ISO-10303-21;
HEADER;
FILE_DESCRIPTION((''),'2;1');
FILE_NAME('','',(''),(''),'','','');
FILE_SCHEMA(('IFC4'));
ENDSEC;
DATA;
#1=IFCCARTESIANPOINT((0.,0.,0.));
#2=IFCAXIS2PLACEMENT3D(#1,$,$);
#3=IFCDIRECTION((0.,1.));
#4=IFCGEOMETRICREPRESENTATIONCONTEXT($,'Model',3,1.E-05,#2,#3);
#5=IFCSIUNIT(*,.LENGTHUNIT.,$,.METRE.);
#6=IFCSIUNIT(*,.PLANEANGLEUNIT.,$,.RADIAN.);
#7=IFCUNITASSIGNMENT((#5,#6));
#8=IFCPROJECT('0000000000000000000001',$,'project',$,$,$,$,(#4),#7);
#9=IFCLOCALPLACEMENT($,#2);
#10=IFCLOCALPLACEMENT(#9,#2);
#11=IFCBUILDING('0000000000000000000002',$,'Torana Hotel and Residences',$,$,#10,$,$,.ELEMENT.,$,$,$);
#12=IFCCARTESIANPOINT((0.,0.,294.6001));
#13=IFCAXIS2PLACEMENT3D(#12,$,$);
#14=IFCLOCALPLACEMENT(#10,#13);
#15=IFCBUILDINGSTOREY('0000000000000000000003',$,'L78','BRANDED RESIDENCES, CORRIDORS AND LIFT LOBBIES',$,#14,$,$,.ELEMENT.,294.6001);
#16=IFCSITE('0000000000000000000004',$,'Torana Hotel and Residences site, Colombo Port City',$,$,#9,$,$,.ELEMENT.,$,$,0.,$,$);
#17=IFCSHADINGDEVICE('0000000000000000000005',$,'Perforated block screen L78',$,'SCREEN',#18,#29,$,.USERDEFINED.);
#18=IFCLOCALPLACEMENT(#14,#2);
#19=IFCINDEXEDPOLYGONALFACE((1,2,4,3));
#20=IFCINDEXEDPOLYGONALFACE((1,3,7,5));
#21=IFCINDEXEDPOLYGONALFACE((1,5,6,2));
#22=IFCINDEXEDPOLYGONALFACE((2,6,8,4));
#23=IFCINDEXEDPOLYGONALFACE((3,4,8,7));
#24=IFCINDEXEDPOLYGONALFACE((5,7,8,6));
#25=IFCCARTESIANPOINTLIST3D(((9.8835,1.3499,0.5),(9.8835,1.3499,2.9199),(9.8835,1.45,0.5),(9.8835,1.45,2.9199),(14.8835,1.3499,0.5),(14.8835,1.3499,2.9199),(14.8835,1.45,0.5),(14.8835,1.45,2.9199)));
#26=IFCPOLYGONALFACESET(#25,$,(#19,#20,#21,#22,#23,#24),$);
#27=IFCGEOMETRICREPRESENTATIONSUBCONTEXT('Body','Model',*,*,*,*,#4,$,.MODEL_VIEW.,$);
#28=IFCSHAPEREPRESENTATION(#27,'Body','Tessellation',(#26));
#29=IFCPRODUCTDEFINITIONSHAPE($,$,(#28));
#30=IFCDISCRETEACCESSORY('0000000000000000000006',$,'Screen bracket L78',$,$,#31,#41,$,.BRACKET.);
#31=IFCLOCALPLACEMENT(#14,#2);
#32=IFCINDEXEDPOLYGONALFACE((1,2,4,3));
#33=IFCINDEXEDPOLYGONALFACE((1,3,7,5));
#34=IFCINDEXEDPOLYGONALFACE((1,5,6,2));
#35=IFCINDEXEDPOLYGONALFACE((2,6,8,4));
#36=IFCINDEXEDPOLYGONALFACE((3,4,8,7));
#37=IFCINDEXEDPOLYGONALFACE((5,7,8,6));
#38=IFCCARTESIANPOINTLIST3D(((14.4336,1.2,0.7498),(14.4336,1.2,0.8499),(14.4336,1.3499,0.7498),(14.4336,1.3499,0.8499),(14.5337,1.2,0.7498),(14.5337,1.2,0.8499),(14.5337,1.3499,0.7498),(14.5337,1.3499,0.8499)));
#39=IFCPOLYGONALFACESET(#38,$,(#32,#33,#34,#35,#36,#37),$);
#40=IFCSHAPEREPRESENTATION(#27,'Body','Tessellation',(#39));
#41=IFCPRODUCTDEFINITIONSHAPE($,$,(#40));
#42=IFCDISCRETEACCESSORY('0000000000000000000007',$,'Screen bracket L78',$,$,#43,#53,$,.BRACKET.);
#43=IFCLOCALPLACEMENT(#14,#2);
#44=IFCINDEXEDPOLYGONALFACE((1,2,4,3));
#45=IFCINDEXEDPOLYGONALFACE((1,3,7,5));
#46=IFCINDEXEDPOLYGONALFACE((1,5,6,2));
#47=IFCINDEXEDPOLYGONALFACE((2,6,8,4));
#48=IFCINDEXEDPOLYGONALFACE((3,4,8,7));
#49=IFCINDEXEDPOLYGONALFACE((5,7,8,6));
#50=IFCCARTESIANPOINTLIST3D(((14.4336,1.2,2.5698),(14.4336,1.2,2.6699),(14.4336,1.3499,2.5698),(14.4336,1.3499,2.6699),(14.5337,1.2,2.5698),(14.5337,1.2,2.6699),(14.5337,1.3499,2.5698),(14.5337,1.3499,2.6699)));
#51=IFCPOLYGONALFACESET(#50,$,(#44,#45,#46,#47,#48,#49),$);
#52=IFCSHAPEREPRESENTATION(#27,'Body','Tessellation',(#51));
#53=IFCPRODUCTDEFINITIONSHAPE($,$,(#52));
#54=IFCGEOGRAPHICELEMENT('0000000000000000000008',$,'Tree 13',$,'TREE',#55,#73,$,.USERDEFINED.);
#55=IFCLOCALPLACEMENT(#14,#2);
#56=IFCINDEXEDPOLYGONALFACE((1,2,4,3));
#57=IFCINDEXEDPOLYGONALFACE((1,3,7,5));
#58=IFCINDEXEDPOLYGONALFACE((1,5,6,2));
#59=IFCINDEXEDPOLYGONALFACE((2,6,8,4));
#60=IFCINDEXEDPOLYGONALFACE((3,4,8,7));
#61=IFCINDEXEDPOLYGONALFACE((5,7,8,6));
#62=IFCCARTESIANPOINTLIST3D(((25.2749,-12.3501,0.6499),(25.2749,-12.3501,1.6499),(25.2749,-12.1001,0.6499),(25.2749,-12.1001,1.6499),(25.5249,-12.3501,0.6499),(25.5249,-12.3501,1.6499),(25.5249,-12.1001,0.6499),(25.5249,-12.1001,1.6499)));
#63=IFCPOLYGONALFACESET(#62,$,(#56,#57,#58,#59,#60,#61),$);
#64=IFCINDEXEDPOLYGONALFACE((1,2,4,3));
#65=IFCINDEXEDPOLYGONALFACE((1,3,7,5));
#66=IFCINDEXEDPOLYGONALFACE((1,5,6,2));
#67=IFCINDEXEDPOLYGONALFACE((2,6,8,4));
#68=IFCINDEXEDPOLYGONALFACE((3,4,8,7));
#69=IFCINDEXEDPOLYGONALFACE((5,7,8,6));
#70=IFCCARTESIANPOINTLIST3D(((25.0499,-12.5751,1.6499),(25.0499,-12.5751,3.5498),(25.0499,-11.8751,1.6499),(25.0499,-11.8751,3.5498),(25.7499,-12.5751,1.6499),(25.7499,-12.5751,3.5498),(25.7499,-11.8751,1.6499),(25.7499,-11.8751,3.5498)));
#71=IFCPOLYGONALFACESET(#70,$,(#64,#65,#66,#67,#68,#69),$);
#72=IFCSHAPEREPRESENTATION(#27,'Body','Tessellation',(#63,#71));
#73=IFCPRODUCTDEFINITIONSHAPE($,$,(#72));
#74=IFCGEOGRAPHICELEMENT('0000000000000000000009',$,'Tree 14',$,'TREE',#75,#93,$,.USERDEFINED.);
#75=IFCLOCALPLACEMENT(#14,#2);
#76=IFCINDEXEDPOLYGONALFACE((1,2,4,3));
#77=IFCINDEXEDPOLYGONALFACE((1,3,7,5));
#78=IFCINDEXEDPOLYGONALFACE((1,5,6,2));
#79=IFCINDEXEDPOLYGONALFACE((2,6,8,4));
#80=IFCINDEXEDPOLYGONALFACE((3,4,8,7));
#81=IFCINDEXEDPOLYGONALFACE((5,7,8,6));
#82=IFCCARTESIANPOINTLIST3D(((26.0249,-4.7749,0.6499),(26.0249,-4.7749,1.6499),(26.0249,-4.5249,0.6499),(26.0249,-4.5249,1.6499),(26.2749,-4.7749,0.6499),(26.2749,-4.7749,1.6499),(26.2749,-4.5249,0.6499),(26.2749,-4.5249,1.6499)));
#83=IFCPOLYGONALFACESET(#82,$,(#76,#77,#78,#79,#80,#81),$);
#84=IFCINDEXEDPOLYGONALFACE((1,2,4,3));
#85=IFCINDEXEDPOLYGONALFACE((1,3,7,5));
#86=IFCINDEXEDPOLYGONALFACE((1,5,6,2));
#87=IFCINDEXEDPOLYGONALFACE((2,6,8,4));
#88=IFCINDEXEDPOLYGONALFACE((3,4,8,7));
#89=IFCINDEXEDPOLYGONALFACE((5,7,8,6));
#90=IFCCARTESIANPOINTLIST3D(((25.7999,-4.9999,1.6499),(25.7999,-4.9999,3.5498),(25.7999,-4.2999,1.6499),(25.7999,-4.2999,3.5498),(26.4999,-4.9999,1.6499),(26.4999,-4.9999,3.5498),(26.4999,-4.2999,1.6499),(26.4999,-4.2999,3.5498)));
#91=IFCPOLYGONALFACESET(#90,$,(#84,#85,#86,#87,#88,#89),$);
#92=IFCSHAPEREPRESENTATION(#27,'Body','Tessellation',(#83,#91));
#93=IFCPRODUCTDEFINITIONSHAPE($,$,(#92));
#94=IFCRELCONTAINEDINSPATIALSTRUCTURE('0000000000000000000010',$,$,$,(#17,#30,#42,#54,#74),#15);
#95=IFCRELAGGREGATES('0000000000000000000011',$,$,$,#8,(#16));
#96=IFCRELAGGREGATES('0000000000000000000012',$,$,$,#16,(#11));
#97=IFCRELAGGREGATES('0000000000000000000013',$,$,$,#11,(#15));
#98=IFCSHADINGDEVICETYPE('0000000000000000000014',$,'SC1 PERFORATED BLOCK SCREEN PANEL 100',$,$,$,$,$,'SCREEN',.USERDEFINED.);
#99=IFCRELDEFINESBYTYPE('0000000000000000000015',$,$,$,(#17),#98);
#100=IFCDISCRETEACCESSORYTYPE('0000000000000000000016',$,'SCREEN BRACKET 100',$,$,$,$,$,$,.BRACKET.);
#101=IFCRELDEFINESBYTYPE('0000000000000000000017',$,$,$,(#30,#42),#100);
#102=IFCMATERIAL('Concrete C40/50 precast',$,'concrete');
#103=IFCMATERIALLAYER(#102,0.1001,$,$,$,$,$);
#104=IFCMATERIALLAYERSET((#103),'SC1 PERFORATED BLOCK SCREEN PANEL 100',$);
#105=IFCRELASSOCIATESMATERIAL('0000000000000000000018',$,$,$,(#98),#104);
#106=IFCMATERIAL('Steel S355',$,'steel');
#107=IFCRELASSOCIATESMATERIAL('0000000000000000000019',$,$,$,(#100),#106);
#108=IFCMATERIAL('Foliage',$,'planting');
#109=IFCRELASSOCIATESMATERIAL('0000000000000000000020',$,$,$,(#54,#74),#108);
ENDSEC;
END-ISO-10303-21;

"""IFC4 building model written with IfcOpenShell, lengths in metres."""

from ifc_helpers import new_model, si_unit, direction, frame, origin, origin_2d, place, context, subcontext, project, spatial, rectangle, extrude, material, layer, layer_set, type_object, element, save


model = new_model("IFC4")

# Units and contexts
model_context = context("Model", 3, precision=1e-05, world=origin(), true_north=direction((0.0, 1.0)))
body_context = subcontext(model_context, "Body", "Model", "MODEL_VIEW")
ifc_project = project(units=[si_unit("LENGTHUNIT", "METRE"), si_unit("PLANEANGLEUNIT", "RADIAN")], contexts=[model_context])

# Site, building, storey
site_placement = place(None, origin())
site = spatial("IfcSite", under=ifc_project, at=site_placement, Name="Torana Hotel and Residences site, Colombo Port City", CompositionType="ELEMENT", RefElevation=0.0)
building_placement = place(site_placement, origin())
building = spatial("IfcBuilding", under=site, at=building_placement, Name="Torana Hotel and Residences", CompositionType="ELEMENT")
storey_placement = place(building_placement, frame((0.0, 0.0, 294.6001)))
storey = spatial("IfcBuildingStorey", under=building, at=storey_placement, Name="L78", Description="BRANDED RESIDENCES, CORRIDORS AND LIFT LOBBIES", CompositionType="ELEMENT", Elevation=294.6001)

# Shading device
ifc_material_1 = material(Name="Concrete C40/50 precast", Category="concrete")
ifc_layer_1 = layer(ifc_material_1, 0.1001)
ifc_layer_set_1 = layer_set([ifc_layer_1], Name="SC1 PERFORATED BLOCK SCREEN PANEL 100")
shading_device_type_1 = type_object("IfcShadingDeviceType", Name="SC1 PERFORATED BLOCK SCREEN PANEL 100", ElementType="SCREEN", PredefinedType="USERDEFINED", material=ifc_layer_set_1)
shading_device_1_placement = place(storey_placement, frame((12.3835, 1.3999, 0.5), z_axis=(0.0, 0.0, 1.0), x_axis=(-1.0, 0.0, 0.0)))
element("IfcShadingDevice", 1, at=shading_device_1_placement, inside=storey, type_object=shading_device_type_1, Name="Perforated block screen L78", ObjectType="SCREEN", PredefinedType="USERDEFINED", context=body_context, shape_type="SweptSolid", body=[
    extrude(rectangle(XDim=5.0, YDim=0.1001, at=origin_2d()), origin(), (0.0, 0.0, 1.0), 2.4199),
])

# Discrete accessories
ifc_material_2 = material(Name="Steel S355", Category="steel")
discrete_accessory_type = type_object("IfcDiscreteAccessoryType", Name="SCREEN BRACKET 100", PredefinedType="BRACKET", material=ifc_material_2)
for number, where, z_axis, x_axis, name in (
    (2, (14.4836, 1.2749, 0.7498), (0.0, 0.0, 1.0), (-1.0, 0.0, 0.0), "Screen bracket L78"),
    (3, (14.4836, 1.2749, 2.5698), (0.0, 0.0, 1.0), (-1.0, 0.0, 0.0), "Screen bracket L78"),
):
    element("IfcDiscreteAccessory", number, at=place(storey_placement, frame(where, z_axis=z_axis, x_axis=x_axis)), inside=storey, type_object=discrete_accessory_type, Name=name, PredefinedType="BRACKET", context=body_context, shape_type="SweptSolid", body=[
        extrude(rectangle(XDim=0.1001, YDim=0.1499, at=origin_2d()), origin(), (0.0, 0.0, 1.0), 0.1001),
    ])

# Geographic elements
ifc_material_3 = material(Name="Foliage", Category="planting")
for number, where, z_axis, x_axis, name in (
    (4, (25.3999, -12.2251, 0.6499), (0.0, 0.0, 1.0), (1.0, 0.0, 0.0), "Tree 13"),
    (5, (26.1499, -4.6499, 0.6499), (0.0, 0.0, 1.0), (1.0, 0.0, 0.0), "Tree 14"),
):
    element("IfcGeographicElement", number, at=place(storey_placement, frame(where, z_axis=z_axis, x_axis=x_axis)), inside=storey, material=ifc_material_3, Name=name, ObjectType="TREE", PredefinedType="USERDEFINED", context=body_context, shape_type="SweptSolid", body=[
        extrude(rectangle(XDim=0.25, YDim=0.25, at=origin_2d()), origin(), (0.0, 0.0, 1.0), 1.0),
        extrude(rectangle(XDim=0.7, YDim=0.7, at=origin_2d()), frame((0.0, 0.0, 1.0)), (0.0, 0.0, 1.0), 1.8999),
    ])

save(model, "model.ifc")
